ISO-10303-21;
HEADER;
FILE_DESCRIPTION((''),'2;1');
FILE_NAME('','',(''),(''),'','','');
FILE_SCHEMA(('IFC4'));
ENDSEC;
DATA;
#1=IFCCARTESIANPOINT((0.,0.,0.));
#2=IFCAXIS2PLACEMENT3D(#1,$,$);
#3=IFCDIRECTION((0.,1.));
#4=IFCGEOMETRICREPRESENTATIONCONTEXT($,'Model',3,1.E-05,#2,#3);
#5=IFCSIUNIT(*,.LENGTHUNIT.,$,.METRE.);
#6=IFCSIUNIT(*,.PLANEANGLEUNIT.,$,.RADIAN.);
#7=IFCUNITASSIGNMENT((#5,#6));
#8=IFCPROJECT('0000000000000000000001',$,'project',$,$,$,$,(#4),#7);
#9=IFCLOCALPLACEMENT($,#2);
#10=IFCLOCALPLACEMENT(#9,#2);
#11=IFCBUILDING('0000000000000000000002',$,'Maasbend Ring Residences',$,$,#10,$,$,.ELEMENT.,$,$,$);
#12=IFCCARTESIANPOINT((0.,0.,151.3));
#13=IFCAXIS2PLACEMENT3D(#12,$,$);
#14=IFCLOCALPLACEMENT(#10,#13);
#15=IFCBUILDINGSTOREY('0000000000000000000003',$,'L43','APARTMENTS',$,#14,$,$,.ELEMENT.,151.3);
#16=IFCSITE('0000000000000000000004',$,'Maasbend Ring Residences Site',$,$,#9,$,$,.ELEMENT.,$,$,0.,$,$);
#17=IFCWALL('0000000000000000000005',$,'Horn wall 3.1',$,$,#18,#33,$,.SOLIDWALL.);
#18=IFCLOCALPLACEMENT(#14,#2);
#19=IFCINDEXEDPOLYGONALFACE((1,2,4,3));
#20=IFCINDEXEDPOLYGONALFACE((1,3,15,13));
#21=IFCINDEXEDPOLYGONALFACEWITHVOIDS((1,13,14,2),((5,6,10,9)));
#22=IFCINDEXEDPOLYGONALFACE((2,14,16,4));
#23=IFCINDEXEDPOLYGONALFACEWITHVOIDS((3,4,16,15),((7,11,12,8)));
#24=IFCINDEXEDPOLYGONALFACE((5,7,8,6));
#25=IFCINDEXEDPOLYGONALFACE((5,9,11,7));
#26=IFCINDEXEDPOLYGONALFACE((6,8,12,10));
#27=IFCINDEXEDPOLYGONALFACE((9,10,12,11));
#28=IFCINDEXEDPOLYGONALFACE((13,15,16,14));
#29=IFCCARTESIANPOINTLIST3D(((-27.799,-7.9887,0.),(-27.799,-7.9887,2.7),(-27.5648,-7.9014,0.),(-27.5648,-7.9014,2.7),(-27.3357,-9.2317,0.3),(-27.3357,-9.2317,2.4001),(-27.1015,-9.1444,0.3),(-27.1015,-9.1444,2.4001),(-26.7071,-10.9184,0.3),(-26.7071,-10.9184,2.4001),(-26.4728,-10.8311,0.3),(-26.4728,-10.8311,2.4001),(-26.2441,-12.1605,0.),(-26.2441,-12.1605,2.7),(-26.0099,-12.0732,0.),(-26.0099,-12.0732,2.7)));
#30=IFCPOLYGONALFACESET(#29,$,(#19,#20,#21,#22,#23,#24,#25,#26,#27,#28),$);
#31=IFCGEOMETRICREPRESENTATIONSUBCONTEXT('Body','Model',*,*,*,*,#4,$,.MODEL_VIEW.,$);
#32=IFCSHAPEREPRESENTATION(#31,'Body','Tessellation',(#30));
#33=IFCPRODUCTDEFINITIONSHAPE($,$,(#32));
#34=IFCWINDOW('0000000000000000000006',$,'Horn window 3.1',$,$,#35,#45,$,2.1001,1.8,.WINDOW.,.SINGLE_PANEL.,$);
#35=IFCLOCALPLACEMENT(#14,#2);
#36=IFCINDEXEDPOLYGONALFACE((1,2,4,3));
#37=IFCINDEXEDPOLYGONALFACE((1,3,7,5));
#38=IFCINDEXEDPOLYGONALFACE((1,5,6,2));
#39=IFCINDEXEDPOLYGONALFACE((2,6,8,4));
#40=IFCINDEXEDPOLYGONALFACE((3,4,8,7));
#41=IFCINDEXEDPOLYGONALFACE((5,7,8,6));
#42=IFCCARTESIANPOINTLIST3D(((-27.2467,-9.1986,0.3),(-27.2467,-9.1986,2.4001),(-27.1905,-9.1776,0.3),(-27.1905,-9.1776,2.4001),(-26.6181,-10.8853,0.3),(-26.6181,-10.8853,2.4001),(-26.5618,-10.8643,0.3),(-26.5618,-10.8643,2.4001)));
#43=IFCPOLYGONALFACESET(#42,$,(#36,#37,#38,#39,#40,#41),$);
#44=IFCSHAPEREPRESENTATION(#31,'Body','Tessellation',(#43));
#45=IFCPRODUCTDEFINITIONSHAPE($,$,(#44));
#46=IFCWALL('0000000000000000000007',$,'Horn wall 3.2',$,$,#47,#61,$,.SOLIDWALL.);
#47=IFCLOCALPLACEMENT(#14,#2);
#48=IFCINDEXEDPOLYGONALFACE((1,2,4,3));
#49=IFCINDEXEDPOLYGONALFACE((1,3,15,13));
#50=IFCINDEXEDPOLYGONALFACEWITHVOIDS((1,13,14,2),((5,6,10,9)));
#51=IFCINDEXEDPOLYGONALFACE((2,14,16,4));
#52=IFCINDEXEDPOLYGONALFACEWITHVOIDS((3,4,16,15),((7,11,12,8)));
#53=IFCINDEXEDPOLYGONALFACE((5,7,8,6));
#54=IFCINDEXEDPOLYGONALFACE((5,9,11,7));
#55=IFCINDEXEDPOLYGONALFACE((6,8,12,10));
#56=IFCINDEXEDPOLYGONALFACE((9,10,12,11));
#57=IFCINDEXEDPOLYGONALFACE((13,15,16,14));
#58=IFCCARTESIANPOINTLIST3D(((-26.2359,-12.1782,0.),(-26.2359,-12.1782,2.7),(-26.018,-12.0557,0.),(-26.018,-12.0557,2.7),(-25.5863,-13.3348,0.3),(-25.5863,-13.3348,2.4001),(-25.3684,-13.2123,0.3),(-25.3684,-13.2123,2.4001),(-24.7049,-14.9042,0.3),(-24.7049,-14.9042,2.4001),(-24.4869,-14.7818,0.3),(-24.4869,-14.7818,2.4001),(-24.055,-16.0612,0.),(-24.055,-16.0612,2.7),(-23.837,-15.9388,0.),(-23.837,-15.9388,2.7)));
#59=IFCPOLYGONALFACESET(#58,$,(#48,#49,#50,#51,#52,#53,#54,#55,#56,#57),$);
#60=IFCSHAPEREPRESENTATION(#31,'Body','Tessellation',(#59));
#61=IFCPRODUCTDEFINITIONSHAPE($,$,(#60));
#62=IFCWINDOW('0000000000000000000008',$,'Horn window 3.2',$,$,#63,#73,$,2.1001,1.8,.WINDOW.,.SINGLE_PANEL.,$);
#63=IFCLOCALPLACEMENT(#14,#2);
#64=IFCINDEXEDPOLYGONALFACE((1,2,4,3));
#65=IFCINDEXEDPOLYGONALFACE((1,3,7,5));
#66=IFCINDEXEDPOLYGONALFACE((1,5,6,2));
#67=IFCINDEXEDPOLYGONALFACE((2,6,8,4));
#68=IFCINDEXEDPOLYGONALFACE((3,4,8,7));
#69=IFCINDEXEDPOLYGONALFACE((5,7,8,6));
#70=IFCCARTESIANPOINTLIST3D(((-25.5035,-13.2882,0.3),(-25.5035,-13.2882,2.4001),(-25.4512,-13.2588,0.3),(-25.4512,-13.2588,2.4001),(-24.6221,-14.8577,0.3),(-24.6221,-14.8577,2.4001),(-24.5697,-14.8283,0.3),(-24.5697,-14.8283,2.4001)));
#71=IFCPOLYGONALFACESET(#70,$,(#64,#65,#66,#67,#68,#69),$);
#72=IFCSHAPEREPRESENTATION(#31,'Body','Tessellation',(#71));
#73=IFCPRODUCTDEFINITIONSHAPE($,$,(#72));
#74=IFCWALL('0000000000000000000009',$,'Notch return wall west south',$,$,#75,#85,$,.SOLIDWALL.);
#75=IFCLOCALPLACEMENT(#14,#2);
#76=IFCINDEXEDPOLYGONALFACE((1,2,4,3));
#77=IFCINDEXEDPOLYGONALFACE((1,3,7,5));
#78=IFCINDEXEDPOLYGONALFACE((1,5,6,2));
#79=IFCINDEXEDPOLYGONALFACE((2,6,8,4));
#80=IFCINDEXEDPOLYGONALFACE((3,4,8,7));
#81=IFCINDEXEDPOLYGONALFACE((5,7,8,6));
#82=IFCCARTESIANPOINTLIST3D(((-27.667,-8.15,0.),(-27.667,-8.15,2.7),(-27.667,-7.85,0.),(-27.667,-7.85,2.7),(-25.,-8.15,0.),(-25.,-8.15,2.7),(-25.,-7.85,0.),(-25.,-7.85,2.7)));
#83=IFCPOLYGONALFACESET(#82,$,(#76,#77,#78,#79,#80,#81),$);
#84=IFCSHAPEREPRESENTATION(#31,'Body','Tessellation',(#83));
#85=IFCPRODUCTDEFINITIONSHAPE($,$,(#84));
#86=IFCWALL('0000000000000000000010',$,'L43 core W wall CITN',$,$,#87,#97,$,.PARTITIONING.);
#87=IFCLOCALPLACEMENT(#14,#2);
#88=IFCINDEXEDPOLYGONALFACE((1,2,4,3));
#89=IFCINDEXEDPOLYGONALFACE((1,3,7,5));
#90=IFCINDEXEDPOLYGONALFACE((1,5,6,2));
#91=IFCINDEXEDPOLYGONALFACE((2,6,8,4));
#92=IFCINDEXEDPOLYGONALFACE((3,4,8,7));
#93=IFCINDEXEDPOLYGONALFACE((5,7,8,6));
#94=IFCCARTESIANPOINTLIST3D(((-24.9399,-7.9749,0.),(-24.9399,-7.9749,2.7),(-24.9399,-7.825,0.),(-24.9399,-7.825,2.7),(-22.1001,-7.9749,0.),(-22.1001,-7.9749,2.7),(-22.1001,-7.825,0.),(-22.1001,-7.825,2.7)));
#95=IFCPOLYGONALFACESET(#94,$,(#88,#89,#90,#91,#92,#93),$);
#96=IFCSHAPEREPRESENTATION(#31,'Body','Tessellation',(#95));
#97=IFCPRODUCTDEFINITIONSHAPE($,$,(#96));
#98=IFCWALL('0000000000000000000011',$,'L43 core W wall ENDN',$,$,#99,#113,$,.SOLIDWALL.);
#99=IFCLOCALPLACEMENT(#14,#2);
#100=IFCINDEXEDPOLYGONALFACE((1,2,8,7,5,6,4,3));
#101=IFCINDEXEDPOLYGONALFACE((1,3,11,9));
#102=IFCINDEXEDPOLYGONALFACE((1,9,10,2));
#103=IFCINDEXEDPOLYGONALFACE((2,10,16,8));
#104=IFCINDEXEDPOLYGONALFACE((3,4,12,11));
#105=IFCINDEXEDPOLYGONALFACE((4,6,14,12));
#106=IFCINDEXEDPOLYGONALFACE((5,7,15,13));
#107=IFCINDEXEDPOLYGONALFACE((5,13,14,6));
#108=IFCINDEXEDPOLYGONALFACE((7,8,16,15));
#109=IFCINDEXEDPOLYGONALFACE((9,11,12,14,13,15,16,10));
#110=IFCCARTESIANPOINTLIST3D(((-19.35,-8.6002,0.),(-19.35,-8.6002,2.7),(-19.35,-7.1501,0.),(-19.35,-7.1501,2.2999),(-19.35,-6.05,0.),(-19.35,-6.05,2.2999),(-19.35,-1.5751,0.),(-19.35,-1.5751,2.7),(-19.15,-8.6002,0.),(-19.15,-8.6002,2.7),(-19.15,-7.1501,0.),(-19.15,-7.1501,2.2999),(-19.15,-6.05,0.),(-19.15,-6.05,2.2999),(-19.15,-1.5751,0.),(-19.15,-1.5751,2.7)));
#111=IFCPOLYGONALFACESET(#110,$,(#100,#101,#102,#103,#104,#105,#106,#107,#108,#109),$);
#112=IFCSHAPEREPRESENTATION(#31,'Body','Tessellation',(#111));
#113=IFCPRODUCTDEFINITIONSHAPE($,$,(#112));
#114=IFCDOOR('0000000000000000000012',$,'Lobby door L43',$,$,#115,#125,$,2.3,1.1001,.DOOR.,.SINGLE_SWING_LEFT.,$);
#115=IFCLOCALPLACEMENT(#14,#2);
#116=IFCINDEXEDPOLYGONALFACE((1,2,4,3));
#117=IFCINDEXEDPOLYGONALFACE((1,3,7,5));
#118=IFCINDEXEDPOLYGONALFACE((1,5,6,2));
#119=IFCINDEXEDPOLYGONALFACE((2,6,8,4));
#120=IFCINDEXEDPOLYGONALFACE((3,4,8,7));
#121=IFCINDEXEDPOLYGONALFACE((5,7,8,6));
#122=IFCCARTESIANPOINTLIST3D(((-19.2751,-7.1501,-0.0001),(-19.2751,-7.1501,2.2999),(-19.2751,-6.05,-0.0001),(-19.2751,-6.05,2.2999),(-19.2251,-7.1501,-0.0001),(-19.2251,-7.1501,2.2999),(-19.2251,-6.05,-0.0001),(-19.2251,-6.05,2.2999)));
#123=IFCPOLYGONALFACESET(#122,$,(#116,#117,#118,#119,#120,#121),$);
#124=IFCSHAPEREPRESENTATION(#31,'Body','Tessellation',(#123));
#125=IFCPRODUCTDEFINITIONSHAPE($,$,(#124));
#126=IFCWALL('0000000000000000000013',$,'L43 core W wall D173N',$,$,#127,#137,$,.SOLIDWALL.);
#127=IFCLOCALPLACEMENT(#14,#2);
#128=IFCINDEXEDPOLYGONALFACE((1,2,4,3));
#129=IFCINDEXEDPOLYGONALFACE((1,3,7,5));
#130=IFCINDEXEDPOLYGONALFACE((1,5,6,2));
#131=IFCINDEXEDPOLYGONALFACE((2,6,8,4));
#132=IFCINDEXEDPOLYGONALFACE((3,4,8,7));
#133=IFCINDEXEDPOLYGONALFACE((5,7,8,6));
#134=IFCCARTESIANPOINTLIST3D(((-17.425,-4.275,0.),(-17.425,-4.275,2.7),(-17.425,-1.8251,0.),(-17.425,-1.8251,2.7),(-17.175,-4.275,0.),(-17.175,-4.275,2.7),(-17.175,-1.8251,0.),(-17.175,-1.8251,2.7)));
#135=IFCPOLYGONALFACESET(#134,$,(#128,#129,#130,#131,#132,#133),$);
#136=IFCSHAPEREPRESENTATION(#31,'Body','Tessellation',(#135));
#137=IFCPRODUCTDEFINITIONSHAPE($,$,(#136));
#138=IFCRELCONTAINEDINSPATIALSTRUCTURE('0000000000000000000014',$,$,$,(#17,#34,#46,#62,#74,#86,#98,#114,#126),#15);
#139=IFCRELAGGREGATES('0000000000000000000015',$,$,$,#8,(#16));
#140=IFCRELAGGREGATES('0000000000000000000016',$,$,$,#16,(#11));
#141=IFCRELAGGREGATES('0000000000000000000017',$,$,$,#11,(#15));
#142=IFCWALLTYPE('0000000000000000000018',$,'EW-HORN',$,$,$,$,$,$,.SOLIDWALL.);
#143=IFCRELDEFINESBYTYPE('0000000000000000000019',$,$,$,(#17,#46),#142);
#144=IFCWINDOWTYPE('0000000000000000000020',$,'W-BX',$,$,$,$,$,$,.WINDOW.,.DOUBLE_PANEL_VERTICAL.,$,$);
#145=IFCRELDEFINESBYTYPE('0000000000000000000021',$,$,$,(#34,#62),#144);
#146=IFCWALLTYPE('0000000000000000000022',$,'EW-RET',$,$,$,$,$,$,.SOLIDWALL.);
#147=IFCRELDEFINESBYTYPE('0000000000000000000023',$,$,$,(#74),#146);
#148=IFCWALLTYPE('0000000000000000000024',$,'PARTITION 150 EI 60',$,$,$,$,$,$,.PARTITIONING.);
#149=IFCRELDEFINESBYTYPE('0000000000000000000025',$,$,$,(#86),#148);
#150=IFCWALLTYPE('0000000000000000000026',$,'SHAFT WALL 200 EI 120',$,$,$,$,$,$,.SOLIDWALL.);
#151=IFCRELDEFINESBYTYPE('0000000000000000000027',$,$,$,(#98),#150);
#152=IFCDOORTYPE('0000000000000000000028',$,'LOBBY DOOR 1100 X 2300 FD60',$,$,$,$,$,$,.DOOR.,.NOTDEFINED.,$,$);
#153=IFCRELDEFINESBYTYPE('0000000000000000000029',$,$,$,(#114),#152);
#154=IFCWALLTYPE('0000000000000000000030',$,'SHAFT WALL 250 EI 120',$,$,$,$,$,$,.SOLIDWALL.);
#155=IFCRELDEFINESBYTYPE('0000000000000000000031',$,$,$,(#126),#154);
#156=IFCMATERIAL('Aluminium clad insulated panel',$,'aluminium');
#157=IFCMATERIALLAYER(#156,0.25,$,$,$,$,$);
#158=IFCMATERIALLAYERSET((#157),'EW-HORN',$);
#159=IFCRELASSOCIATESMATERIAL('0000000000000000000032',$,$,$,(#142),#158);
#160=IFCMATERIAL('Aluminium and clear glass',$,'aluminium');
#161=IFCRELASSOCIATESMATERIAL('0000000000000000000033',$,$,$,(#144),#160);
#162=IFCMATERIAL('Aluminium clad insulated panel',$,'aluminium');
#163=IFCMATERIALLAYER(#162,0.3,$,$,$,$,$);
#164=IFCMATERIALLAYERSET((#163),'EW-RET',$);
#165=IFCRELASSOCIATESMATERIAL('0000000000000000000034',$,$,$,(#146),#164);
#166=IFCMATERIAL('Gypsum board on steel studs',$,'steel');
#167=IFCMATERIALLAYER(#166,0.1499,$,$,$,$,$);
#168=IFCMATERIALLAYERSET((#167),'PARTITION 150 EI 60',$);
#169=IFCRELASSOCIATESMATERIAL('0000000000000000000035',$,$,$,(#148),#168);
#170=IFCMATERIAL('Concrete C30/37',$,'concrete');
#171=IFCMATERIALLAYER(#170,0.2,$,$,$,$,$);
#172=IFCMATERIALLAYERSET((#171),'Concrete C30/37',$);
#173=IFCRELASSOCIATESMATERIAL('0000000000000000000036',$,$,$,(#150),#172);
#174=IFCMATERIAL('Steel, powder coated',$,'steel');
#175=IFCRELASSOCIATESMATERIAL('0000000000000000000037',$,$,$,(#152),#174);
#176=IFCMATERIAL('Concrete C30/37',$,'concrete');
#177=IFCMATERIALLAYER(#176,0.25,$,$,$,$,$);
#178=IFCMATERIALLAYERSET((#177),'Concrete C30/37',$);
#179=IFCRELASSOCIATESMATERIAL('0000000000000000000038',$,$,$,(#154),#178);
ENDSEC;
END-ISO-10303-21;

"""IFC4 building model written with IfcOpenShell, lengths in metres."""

from ifc_helpers import new_model, si_unit, direction, frame, frame_2d, origin, place, context, subcontext, project, spatial, rectangle, extrude, material, layer, layer_set, type_object, element, fill, save


model = new_model("IFC4")

# Units and contexts
model_context = context("Model", 3, precision=1e-05, world=origin(), true_north=direction((0.0, 1.0)))
body_context = subcontext(model_context, "Body", "Model", "MODEL_VIEW")
ifc_project = project(units=[si_unit("LENGTHUNIT", "METRE"), si_unit("PLANEANGLEUNIT", "RADIAN")], contexts=[model_context])

# Site, building, storey
site_placement = place(None, origin())
site = spatial("IfcSite", under=ifc_project, at=site_placement, Name="Maasbend Ring Residences Site", CompositionType="ELEMENT", RefElevation=0.0)
building_placement = place(site_placement, origin())
building = spatial("IfcBuilding", under=site, at=building_placement, Name="Maasbend Ring Residences", CompositionType="ELEMENT")
storey_placement = place(building_placement, frame((0.0, 0.0, 151.3)))
storey = spatial("IfcBuildingStorey", under=building, at=storey_placement, Name="L43", Description="APARTMENTS", CompositionType="ELEMENT", Elevation=151.3)

# Walls, openings, windows
ifc_material_1 = material(Name="Aluminium clad insulated panel", Category="aluminium")
ifc_layer_1 = layer(ifc_material_1, 0.25)
ifc_layer_set_1 = layer_set([ifc_layer_1], Name="EW-HORN")
wall_type_1 = type_object("IfcWallType", Name="EW-HORN", PredefinedType="SOLIDWALL", material=ifc_layer_set_1)
wall_1_placement = place(storey_placement, frame((-27.6819, -7.9451, 0.0), z_axis=(0.0, 0.0, 1.0), x_axis=(0.349248, -0.93703, 0.0)))
wall_1 = element("IfcWall", 1, at=wall_1_placement, inside=storey, type_object=wall_type_1, Name="Horn wall 3.1", PredefinedType="SOLIDWALL", context=body_context, shape_type="SweptSolid", body=[
    extrude(rectangle(XDim=4.4521, YDim=0.25, at=frame_2d((2.2261, 0.0))), origin(), (0.0, 0.0, 1.0), 2.7),
])
opening_1_placement = place(wall_1_placement, frame((1.3267, 0.0, 0.3)))
opening_1 = element("IfcOpeningElement", 2, at=opening_1_placement, cuts=wall_1, PredefinedType="OPENING", context=body_context, shape_type="SweptSolid", body=[
    extrude(rectangle(XDim=1.8, YDim=2.1001, at=frame_2d((0.8999, 1.05))), frame((0.0, 0.135, 0.0), z_axis=(0.0, -1.0, 0.0), x_axis=(1.0, 0.0, 0.0)), (0.0, 0.0, 1.0), 0.27),
])
ifc_material_2 = material(Name="Aluminium and clear glass", Category="aluminium")
window_type = type_object("IfcWindowType", Name="W-BX", PartitioningType="DOUBLE_PANEL_VERTICAL", PredefinedType="WINDOW", material=ifc_material_2)
window_1_placement = place(opening_1_placement, origin())
window_1 = element("IfcWindow", 3, at=window_1_placement, inside=storey, type_object=window_type, Name="Horn window 3.1", OverallHeight=2.1001, OverallWidth=1.8, PartitioningType="SINGLE_PANEL", PredefinedType="WINDOW", context=body_context, shape_type="SweptSolid", body=[
    extrude(rectangle(XDim=1.8, YDim=2.1001, at=frame_2d((0.8999, 1.05))), frame((0.0, 0.03, 0.0), z_axis=(0.0, -1.0, 0.0), x_axis=(1.0, 0.0, 0.0)), (0.0, 0.0, 1.0), 0.0601),
])
fill(opening_1, window_1)
wall_2_placement = place(storey_placement, frame((-26.127, -12.1169, 0.0), z_axis=(0.0, 0.0, 1.0), x_axis=(0.489696, -0.871893, 0.0)))
wall_2 = element("IfcWall", 4, at=wall_2_placement, inside=storey, type_object=wall_type_1, Name="Horn wall 3.2", PredefinedType="SOLIDWALL", context=body_context, shape_type="SweptSolid", body=[
    extrude(rectangle(XDim=4.4536, YDim=0.25, at=frame_2d((2.2268, 0.0))), origin(), (0.0, 0.0, 1.0), 2.7),
])
opening_2_placement = place(wall_2_placement, frame((1.3267, 0.0, 0.3)))
opening_2 = element("IfcOpeningElement", 5, at=opening_2_placement, cuts=wall_2, PredefinedType="OPENING", context=body_context, shape_type="SweptSolid", body=[
    extrude(rectangle(XDim=1.8, YDim=2.1001, at=frame_2d((0.8999, 1.05))), frame((0.0, 0.135, 0.0), z_axis=(0.0, -1.0, 0.0), x_axis=(1.0, 0.0, 0.0)), (0.0, 0.0, 1.0), 0.27),
])
window_2_placement = place(opening_2_placement, origin())
window_2 = element("IfcWindow", 6, at=window_2_placement, inside=storey, type_object=window_type, Name="Horn window 3.2", OverallHeight=2.1001, OverallWidth=1.8, PartitioningType="SINGLE_PANEL", PredefinedType="WINDOW", context=body_context, shape_type="SweptSolid", body=[
    extrude(rectangle(XDim=1.8, YDim=2.1001, at=frame_2d((0.8999, 1.05))), frame((0.0, 0.03, 0.0), z_axis=(0.0, -1.0, 0.0), x_axis=(1.0, 0.0, 0.0)), (0.0, 0.0, 1.0), 0.0601),
])
fill(opening_2, window_2)

# Walls
ifc_material_3 = material(Name="Aluminium clad insulated panel", Category="aluminium")
ifc_layer_2 = layer(ifc_material_3, 0.3)
ifc_layer_set_2 = layer_set([ifc_layer_2], Name="EW-RET")
wall_type_2 = type_object("IfcWallType", Name="EW-RET", PredefinedType="SOLIDWALL", material=ifc_layer_set_2)
wall_3_placement = place(storey_placement, frame((-25.0, -8.0, 0.0), z_axis=(0.0, 0.0, 1.0), x_axis=(-1.0, 0.0, 0.0)))
element("IfcWall", 7, at=wall_3_placement, inside=storey, type_object=wall_type_2, Name="Notch return wall west south", PredefinedType="SOLIDWALL", context=body_context, shape_type="SweptSolid", body=[
    extrude(rectangle(XDim=2.667, YDim=0.3, at=frame_2d((1.3335, 0.0))), origin(), (0.0, 0.0, 1.0), 2.7),
])
ifc_material_4 = material(Name="Gypsum board on steel studs", Category="steel")
ifc_layer_3 = layer(ifc_material_4, 0.1499)
ifc_layer_set_3 = layer_set([ifc_layer_3], Name="PARTITION 150 EI 60")
wall_type_3 = type_object("IfcWallType", Name="PARTITION 150 EI 60", PredefinedType="PARTITIONING", material=ifc_layer_set_3)
wall_4_placement = place(storey_placement, frame((-22.1001, -7.8999, 0.0), z_axis=(0.0, 0.0, 1.0), x_axis=(-1.0, 0.0, 0.0)))
element("IfcWall", 8, at=wall_4_placement, inside=storey, type_object=wall_type_3, Name="L43 core W wall CITN", PredefinedType="PARTITIONING", context=body_context, shape_type="SweptSolid", body=[
    extrude(rectangle(XDim=2.8398, YDim=0.1499, at=frame_2d((1.4199, 0.0))), origin(), (0.0, 0.0, 1.0), 2.7),
])

# Wall, opening, door
ifc_material_5 = material(Name="Concrete C30/37", Category="concrete")
ifc_layer_4 = layer(ifc_material_5, 0.2)
ifc_layer_set_4 = layer_set([ifc_layer_4], Name="Concrete C30/37")
wall_type_4 = type_object("IfcWallType", Name="SHAFT WALL 200 EI 120", PredefinedType="SOLIDWALL", material=ifc_layer_set_4)
wall_5_placement = place(storey_placement, frame((-19.25, -1.575, 0.0), z_axis=(0.0, 0.0, 1.0), x_axis=(0.0, -1.0, 0.0)))
wall_5 = element("IfcWall", 9, at=wall_5_placement, inside=storey, type_object=wall_type_4, Name="L43 core W wall ENDN", PredefinedType="SOLIDWALL", context=body_context, shape_type="SweptSolid", body=[
    extrude(rectangle(XDim=7.0251, YDim=0.2, at=frame_2d((3.5127, 0.0))), origin(), (0.0, 0.0, 1.0), 2.7),
])
opening_3_placement = place(wall_5_placement, frame((4.4751, 0.0, 0.0)))
opening_3 = element("IfcOpeningElement", 10, at=opening_3_placement, cuts=wall_5, PredefinedType="OPENING", context=body_context, shape_type="SweptSolid", body=[
    extrude(rectangle(XDim=1.1001, YDim=2.3, at=frame_2d((0.55, 1.1499))), frame((0.0, 0.1099, 0.0), z_axis=(0.0, -1.0, 0.0), x_axis=(1.0, 0.0, 0.0)), (0.0, 0.0, 1.0), 0.22),
])
ifc_material_6 = material(Name="Steel, powder coated", Category="steel")
door_type_1 = type_object("IfcDoorType", Name="LOBBY DOOR 1100 X 2300 FD60", OperationType="NOTDEFINED", PredefinedType="DOOR", material=ifc_material_6)
door_1_placement = place(opening_3_placement, origin())
door_1 = element("IfcDoor", 11, at=door_1_placement, inside=storey, type_object=door_type_1, Name="Lobby door L43", OperationType="SINGLE_SWING_LEFT", OverallHeight=2.3, OverallWidth=1.1001, PredefinedType="DOOR", context=body_context, shape_type="SweptSolid", body=[
    extrude(rectangle(XDim=1.1001, YDim=2.3, at=frame_2d((0.55, 1.1499))), frame((0.0, 0.0249, 0.0), z_axis=(0.0, -1.0, 0.0), x_axis=(1.0, 0.0, 0.0)), (0.0, 0.0, 1.0), 0.05),
])
fill(opening_3, door_1)

# Wall
ifc_material_7 = material(Name="Concrete C30/37", Category="concrete")
ifc_layer_5 = layer(ifc_material_7, 0.25)
ifc_layer_set_5 = layer_set([ifc_layer_5], Name="Concrete C30/37")
wall_type_5 = type_object("IfcWallType", Name="SHAFT WALL 250 EI 120", PredefinedType="SOLIDWALL", material=ifc_layer_set_5)
wall_6_placement = place(storey_placement, frame((-17.3, -1.825, 0.0), z_axis=(0.0, 0.0, 1.0), x_axis=(0.0, -1.0, 0.0)))
element("IfcWall", 12, at=wall_6_placement, inside=storey, type_object=wall_type_5, Name="L43 core W wall D173N", PredefinedType="SOLIDWALL", context=body_context, shape_type="SweptSolid", body=[
    extrude(rectangle(XDim=2.45, YDim=0.25, at=frame_2d((1.2251, 0.0))), origin(), (0.0, 0.0, 1.0), 2.7),
])

save(model, "model.ifc")
